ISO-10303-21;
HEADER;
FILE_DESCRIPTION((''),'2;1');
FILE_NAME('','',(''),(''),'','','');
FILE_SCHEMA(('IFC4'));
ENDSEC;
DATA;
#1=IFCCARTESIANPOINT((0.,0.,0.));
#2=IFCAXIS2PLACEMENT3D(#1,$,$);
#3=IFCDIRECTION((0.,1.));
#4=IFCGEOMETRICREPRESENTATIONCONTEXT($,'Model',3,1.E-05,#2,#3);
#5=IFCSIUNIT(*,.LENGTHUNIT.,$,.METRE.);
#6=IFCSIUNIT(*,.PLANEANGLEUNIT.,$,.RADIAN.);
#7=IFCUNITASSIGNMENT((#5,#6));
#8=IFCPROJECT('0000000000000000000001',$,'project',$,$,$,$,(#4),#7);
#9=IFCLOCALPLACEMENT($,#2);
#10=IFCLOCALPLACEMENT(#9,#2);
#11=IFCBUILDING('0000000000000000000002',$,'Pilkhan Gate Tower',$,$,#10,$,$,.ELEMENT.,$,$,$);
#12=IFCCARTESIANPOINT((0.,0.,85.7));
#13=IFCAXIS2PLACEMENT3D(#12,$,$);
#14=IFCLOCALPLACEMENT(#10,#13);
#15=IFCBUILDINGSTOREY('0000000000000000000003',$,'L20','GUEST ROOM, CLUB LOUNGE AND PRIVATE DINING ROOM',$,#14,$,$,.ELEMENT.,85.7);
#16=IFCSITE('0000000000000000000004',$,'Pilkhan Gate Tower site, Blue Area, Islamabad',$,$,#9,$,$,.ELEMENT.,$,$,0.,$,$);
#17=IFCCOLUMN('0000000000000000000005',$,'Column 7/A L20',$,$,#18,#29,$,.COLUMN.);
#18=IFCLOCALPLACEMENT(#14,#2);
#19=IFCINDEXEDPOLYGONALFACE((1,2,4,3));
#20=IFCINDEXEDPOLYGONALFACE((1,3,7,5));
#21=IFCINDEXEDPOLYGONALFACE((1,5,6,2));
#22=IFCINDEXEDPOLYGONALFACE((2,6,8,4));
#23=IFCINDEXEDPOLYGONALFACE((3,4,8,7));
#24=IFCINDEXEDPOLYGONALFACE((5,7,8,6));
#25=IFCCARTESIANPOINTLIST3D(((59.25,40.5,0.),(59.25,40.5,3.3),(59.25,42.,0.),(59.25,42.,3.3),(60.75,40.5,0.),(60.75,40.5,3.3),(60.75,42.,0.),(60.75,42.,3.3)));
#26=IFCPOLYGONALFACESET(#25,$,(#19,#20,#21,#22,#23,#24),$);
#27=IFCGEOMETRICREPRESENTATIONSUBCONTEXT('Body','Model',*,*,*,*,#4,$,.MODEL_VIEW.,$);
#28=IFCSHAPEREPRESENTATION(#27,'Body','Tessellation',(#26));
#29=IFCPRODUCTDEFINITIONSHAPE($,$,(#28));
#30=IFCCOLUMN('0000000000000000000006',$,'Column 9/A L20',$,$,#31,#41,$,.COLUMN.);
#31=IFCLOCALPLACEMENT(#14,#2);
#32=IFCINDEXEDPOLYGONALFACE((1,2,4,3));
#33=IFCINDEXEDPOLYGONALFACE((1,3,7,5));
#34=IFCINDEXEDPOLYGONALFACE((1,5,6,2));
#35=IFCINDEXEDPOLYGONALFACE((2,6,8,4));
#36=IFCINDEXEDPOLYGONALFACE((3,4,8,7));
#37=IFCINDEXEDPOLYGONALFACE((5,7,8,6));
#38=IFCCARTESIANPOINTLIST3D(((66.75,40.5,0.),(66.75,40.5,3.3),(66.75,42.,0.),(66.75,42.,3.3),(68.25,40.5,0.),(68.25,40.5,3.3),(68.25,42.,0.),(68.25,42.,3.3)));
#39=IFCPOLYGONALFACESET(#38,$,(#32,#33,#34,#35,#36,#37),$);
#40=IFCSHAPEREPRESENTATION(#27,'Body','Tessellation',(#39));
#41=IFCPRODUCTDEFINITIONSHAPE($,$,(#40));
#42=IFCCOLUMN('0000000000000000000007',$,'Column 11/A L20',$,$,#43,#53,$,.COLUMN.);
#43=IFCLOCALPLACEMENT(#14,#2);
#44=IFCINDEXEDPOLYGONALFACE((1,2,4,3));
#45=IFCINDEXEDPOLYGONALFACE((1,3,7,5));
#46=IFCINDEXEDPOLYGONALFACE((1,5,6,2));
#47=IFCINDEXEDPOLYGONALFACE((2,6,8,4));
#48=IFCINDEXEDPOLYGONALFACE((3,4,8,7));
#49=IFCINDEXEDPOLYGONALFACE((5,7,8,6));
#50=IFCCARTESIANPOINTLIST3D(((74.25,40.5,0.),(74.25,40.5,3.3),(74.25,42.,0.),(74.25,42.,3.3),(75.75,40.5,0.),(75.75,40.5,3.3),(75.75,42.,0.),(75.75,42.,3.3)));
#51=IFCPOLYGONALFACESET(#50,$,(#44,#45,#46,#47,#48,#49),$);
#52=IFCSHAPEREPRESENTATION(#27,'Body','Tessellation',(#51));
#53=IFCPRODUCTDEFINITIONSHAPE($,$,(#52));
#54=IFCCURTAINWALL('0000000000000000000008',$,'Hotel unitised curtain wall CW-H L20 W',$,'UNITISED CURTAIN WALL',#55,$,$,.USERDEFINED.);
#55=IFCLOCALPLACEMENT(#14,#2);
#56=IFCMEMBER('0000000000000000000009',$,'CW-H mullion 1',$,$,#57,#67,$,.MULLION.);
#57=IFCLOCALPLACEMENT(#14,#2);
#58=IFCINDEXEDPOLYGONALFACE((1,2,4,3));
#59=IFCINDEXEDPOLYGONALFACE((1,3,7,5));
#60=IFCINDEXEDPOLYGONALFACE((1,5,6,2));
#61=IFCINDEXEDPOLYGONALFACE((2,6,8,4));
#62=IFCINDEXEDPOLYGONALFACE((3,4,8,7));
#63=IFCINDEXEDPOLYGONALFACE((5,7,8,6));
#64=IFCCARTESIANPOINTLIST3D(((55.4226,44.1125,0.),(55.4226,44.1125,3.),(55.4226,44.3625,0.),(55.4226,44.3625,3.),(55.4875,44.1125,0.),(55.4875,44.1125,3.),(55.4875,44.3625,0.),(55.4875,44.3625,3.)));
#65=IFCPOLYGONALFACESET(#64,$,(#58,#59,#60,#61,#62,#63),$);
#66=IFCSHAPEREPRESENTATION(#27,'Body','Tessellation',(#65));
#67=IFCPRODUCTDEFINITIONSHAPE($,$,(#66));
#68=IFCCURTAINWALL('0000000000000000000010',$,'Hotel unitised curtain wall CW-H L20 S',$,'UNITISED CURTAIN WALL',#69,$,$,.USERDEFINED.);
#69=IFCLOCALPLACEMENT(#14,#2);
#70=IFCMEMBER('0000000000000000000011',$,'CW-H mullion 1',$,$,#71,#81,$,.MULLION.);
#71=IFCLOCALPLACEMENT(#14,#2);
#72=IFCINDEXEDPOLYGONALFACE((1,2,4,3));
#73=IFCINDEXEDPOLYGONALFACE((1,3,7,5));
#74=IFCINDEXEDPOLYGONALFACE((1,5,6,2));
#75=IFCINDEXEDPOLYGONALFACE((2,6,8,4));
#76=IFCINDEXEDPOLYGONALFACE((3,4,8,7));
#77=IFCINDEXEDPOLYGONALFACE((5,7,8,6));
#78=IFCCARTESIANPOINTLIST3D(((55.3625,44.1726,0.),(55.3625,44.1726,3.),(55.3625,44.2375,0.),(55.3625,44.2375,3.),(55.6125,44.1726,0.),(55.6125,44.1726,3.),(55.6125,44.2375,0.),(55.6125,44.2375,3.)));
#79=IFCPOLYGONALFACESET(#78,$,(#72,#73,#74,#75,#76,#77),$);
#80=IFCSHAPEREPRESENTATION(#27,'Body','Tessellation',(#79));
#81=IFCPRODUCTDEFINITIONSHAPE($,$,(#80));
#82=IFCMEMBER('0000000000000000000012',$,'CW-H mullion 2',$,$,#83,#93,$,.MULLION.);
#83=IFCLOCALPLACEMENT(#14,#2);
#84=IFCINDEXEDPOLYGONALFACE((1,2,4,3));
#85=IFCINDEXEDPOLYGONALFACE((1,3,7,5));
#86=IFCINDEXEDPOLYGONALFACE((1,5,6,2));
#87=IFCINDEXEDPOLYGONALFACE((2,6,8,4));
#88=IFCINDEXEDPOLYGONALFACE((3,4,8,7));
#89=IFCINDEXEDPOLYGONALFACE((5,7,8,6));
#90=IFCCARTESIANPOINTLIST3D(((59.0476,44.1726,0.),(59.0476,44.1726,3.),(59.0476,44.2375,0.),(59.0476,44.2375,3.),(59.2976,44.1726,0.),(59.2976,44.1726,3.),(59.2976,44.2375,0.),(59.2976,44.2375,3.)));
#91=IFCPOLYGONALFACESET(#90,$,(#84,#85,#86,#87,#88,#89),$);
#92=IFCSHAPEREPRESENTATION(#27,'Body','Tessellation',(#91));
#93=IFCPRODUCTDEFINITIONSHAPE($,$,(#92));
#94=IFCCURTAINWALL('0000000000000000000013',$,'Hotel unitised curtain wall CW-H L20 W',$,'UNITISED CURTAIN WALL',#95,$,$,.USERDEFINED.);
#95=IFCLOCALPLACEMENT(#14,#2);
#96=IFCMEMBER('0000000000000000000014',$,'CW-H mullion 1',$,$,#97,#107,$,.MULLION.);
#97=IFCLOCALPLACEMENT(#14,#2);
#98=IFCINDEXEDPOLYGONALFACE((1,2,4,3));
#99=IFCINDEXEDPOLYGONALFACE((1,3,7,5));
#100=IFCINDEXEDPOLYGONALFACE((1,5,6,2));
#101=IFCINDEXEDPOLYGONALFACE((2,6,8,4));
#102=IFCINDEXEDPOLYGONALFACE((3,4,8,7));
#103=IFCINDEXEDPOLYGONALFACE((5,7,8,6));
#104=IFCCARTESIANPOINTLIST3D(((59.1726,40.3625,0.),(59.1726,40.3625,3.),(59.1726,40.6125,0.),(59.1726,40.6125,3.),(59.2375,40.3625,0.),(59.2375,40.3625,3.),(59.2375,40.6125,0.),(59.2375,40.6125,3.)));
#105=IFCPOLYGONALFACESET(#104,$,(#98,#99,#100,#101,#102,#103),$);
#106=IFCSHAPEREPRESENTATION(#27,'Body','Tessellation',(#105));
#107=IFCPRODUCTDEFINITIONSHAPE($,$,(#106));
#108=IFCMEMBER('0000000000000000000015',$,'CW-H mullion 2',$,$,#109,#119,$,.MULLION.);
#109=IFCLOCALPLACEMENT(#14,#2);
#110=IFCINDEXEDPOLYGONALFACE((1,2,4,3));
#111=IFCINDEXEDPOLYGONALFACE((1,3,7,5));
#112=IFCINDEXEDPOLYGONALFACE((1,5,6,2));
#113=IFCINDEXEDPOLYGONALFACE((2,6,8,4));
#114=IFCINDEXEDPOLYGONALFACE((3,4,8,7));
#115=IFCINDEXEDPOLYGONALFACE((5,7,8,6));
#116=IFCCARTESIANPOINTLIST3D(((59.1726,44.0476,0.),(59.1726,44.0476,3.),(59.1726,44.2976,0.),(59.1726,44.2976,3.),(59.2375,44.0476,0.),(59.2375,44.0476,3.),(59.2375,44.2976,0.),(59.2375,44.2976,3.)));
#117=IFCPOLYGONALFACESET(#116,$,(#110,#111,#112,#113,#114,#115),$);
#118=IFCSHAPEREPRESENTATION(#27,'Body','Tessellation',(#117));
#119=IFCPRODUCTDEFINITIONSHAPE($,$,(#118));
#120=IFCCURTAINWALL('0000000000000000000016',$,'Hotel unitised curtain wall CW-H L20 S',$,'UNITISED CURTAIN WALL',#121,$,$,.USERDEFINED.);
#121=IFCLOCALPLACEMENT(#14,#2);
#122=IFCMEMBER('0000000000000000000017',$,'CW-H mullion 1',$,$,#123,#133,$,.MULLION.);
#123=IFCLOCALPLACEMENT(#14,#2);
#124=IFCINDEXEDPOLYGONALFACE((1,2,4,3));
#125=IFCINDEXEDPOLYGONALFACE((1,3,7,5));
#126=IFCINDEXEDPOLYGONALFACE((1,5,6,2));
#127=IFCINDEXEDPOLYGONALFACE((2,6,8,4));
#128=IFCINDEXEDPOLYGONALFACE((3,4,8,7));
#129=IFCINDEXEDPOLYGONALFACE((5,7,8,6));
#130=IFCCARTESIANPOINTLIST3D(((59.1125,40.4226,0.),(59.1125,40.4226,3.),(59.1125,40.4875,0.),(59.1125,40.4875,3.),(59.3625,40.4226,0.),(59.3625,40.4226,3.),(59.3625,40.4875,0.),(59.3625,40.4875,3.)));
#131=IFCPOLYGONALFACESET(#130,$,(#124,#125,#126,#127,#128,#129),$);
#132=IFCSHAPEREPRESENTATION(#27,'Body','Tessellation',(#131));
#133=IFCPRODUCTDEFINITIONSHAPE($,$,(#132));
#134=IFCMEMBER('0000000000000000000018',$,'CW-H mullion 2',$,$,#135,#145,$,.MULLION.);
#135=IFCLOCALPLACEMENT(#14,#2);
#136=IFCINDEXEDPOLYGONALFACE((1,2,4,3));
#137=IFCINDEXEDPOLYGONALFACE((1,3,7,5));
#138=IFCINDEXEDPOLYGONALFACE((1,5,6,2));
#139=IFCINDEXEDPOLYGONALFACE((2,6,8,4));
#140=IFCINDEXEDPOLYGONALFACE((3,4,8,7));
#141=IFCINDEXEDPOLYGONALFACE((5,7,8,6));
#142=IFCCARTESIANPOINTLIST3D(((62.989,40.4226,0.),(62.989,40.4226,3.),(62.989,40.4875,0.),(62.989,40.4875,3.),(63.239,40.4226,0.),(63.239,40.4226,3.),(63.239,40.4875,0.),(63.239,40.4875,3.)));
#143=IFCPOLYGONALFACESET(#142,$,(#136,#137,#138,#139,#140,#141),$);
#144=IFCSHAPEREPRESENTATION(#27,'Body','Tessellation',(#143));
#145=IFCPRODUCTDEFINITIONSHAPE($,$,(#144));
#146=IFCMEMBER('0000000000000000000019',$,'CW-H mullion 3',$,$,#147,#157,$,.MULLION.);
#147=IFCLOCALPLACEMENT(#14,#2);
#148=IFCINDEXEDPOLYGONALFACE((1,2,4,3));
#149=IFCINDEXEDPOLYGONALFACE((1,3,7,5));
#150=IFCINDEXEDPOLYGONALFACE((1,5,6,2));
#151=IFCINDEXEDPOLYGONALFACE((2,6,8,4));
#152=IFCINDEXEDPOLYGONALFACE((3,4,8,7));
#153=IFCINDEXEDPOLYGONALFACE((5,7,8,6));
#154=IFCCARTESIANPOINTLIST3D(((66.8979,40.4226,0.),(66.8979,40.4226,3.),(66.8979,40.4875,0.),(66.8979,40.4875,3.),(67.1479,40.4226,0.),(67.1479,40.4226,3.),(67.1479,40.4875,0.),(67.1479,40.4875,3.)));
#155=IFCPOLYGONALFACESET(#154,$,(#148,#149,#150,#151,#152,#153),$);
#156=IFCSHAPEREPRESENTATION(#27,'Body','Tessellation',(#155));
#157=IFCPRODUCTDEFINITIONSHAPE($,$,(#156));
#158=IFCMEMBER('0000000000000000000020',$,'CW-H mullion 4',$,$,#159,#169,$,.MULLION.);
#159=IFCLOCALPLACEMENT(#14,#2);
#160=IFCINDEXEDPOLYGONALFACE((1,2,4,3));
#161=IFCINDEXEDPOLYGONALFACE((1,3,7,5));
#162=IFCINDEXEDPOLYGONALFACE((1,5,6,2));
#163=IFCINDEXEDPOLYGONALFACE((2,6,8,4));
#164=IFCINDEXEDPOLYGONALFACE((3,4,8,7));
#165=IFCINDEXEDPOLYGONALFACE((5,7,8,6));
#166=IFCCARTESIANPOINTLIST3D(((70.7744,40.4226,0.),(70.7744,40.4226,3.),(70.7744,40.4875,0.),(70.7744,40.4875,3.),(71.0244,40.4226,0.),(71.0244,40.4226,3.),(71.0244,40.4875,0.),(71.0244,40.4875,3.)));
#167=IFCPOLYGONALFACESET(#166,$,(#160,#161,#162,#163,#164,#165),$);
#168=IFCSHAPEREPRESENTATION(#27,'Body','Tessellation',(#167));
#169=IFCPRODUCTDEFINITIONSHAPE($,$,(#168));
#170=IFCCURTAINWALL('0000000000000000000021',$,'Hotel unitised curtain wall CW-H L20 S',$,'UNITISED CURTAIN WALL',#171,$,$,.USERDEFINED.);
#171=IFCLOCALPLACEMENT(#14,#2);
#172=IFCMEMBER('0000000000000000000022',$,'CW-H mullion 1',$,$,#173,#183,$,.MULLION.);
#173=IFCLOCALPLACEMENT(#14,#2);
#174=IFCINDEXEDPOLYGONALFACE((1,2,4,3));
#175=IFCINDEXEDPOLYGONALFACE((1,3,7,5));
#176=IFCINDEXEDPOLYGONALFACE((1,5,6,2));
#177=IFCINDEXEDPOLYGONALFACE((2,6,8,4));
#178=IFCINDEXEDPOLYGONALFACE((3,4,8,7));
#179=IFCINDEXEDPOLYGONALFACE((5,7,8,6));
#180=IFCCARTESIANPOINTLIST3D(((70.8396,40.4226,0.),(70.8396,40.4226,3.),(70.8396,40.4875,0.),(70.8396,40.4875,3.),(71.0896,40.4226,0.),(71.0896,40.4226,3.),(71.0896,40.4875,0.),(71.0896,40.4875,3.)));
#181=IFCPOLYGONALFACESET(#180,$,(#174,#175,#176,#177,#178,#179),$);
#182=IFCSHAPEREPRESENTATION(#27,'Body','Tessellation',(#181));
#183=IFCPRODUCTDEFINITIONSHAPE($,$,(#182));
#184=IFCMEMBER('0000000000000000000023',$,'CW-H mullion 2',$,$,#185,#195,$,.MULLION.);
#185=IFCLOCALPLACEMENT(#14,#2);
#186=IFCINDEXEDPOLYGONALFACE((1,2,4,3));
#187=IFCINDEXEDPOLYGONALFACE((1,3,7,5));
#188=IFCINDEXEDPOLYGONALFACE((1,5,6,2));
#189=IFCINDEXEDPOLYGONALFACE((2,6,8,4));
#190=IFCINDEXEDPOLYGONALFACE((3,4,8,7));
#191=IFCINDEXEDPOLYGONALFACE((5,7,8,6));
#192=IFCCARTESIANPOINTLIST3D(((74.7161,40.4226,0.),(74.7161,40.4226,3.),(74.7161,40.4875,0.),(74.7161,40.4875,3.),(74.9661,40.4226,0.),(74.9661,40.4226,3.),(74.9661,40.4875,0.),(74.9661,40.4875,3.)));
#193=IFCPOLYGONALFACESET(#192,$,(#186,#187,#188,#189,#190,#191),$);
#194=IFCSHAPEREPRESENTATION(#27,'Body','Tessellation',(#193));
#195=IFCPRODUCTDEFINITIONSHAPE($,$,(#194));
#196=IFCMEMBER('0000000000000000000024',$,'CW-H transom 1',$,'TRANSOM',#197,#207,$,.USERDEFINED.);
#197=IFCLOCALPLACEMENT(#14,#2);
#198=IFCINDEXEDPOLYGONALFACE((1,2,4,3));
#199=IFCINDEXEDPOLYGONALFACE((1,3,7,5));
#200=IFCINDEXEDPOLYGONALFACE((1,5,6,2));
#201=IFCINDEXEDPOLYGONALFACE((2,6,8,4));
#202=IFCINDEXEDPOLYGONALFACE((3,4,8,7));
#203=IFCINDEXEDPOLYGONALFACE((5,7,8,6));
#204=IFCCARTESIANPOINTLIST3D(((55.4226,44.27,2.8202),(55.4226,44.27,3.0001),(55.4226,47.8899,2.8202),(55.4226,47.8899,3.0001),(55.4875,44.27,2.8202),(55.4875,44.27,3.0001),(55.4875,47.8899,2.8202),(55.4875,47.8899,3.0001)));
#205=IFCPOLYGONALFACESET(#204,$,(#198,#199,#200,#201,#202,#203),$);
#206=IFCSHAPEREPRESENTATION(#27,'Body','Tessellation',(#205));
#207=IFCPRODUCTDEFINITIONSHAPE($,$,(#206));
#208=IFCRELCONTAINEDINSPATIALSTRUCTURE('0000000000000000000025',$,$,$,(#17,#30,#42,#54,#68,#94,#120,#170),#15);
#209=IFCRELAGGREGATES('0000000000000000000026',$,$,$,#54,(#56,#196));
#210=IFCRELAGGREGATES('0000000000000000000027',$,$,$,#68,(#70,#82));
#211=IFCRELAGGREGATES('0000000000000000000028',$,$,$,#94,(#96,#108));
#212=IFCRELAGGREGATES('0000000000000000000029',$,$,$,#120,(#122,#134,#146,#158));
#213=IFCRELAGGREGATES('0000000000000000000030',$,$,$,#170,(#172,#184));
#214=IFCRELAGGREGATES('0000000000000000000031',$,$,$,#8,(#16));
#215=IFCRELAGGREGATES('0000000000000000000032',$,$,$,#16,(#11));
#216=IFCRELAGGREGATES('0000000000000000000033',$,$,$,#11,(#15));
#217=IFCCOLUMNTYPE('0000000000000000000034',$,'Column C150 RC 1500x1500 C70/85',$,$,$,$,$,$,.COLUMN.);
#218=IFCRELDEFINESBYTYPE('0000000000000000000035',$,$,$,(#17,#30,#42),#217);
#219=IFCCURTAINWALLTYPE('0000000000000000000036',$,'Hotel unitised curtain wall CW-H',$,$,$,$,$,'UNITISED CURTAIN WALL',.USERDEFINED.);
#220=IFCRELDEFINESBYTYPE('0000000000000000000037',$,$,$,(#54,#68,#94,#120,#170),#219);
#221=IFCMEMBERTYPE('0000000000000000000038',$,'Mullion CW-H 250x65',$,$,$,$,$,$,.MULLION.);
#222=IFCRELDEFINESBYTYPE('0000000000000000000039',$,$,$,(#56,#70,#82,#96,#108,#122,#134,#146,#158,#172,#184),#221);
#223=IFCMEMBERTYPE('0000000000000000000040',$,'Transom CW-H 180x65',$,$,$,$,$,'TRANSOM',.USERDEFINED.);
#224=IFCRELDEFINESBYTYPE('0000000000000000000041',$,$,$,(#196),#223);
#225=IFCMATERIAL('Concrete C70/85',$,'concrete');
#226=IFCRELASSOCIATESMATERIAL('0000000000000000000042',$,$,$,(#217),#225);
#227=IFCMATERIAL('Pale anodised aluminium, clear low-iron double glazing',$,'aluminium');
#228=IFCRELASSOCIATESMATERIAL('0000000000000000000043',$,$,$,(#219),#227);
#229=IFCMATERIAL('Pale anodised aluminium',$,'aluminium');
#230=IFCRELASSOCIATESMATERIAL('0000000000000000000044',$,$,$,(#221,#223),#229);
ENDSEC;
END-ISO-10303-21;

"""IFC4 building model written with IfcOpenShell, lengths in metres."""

from ifc_helpers import new_model, si_unit, direction, frame, origin, origin_2d, place, context, subcontext, project, spatial, rectangle, extrude, material, material_profile, profile_set, type_object, element, aggregate, save


model = new_model("IFC4")

# Units and contexts
model_context = context("Model", 3, precision=1e-05, world=origin(), true_north=direction((0.0, 1.0)))
body_context = subcontext(model_context, "Body", "Model", "MODEL_VIEW")
ifc_project = project(units=[si_unit("LENGTHUNIT", "METRE"), si_unit("PLANEANGLEUNIT", "RADIAN")], contexts=[model_context])

# Site, building, storey
site_placement = place(None, origin())
site = spatial("IfcSite", under=ifc_project, at=site_placement, Name="Pilkhan Gate Tower site, Blue Area, Islamabad", CompositionType="ELEMENT", RefElevation=0.0)
building_placement = place(site_placement, origin())
building = spatial("IfcBuilding", under=site, at=building_placement, Name="Pilkhan Gate Tower", CompositionType="ELEMENT")
storey_placement = place(building_placement, frame((0.0, 0.0, 85.7)))
storey = spatial("IfcBuildingStorey", under=building, at=storey_placement, Name="L20", Description="GUEST ROOM, CLUB LOUNGE AND PRIVATE DINING ROOM", CompositionType="ELEMENT", Elevation=85.7)

# Columns
ifc_material_1 = material(Name="Concrete C70/85", Category="concrete")
ifc_material_profile_1 = material_profile(ifc_material_1, rectangle(XDim=1.5, YDim=1.5, at=origin_2d()), Name="RC 1500x1500")
ifc_profile_set_1 = profile_set([ifc_material_profile_1], Name="Concrete C70/85")
column_type = type_object("IfcColumnType", Name="Column C150 RC 1500x1500 C70/85", PredefinedType="COLUMN", material=ifc_profile_set_1)
for number, where, z_axis, x_axis, name in (
    (1, (60.0, 41.25, 0.0), (0.0, 0.0, 1.0), (1.0, 0.0, 0.0), "Column 7/A L20"),
    (2, (67.5, 41.25, 0.0), (0.0, 0.0, 1.0), (1.0, 0.0, 0.0), "Column 9/A L20"),
    (3, (75.0, 41.25, 0.0), (0.0, 0.0, 1.0), (1.0, 0.0, 0.0), "Column 11/A L20"),
):
    element("IfcColumn", number, at=place(storey_placement, frame(where, z_axis=z_axis, x_axis=x_axis)), inside=storey, type_object=column_type, Name=name, PredefinedType="COLUMN", context=body_context, shape_type="SweptSolid", body=[
        extrude(rectangle(XDim=1.5, YDim=1.5, at=origin_2d()), origin(), (0.0, 0.0, 1.0), 3.3),
    ])

# Curtain wall, member
ifc_material_2 = material(Name="Pale anodised aluminium, clear low-iron double glazing", Category="aluminium")
curtain_wall_type = type_object("IfcCurtainWallType", Name="Hotel unitised curtain wall CW-H", ElementType="UNITISED CURTAIN WALL", PredefinedType="USERDEFINED", material=ifc_material_2)
curtain_wall_1_placement = place(storey_placement, origin())
curtain_wall_1 = element("IfcCurtainWall", 4, at=curtain_wall_1_placement, inside=storey, type_object=curtain_wall_type, Name="Hotel unitised curtain wall CW-H L20 W", ObjectType="UNITISED CURTAIN WALL", PredefinedType="USERDEFINED")
ifc_material_3 = material(Name="Pale anodised aluminium", Category="aluminium")
ifc_material_profile_2 = material_profile(ifc_material_3, rectangle(XDim=0.0649, YDim=0.25, at=origin_2d()), Name="Mullion 250x65")
ifc_profile_set_2 = profile_set([ifc_material_profile_2], Name="Pale anodised aluminium")
member_type_1 = type_object("IfcMemberType", Name="Mullion CW-H 250x65", PredefinedType="MULLION", material=ifc_profile_set_2)
member_1_placement = place(storey_placement, frame((55.4551, 44.2375, 0.0), z_axis=(0.0, 0.0, 1.0), x_axis=(-1.0, 0.0, 0.0)))
member_1 = element("IfcMember", 5, at=member_1_placement, type_object=member_type_1, Name="CW-H mullion 1", PredefinedType="MULLION", context=body_context, shape_type="SweptSolid", body=[
    extrude(rectangle(XDim=0.0649, YDim=0.25, at=origin_2d()), origin(), (0.0, 0.0, 1.0), 3.0),
])

# Curtain walls, members
curtain_wall_2_placement = place(storey_placement, origin())
curtain_wall_2 = element("IfcCurtainWall", 6, at=curtain_wall_2_placement, inside=storey, type_object=curtain_wall_type, Name="Hotel unitised curtain wall CW-H L20 S", ObjectType="UNITISED CURTAIN WALL", PredefinedType="USERDEFINED")
member_2_placement = place(storey_placement, frame((55.4875, 44.2051, 0.0), z_axis=(0.0, 0.0, 1.0), x_axis=(0.0, 1.0, 0.0)))
member_2 = element("IfcMember", 7, at=member_2_placement, type_object=member_type_1, Name="CW-H mullion 1", PredefinedType="MULLION", context=body_context, shape_type="SweptSolid", body=[
    extrude(rectangle(XDim=0.0649, YDim=0.25, at=origin_2d()), origin(), (0.0, 0.0, 1.0), 3.0),
])
member_3_placement = place(storey_placement, frame((59.1726, 44.2051, 0.0), z_axis=(0.0, 0.0, 1.0), x_axis=(0.0, 1.0, 0.0)))
member_3 = element("IfcMember", 8, at=member_3_placement, type_object=member_type_1, Name="CW-H mullion 2", PredefinedType="MULLION", context=body_context, shape_type="SweptSolid", body=[
    extrude(rectangle(XDim=0.0649, YDim=0.25, at=origin_2d()), origin(), (0.0, 0.0, 1.0), 3.0),
])
curtain_wall_3_placement = place(storey_placement, origin())
curtain_wall_3 = element("IfcCurtainWall", 9, at=curtain_wall_3_placement, inside=storey, type_object=curtain_wall_type, Name="Hotel unitised curtain wall CW-H L20 W", ObjectType="UNITISED CURTAIN WALL", PredefinedType="USERDEFINED")
member_4_placement = place(storey_placement, frame((59.2051, 40.4875, 0.0), z_axis=(0.0, 0.0, 1.0), x_axis=(-1.0, 0.0, 0.0)))
member_4 = element("IfcMember", 10, at=member_4_placement, type_object=member_type_1, Name="CW-H mullion 1", PredefinedType="MULLION", context=body_context, shape_type="SweptSolid", body=[
    extrude(rectangle(XDim=0.0649, YDim=0.25, at=origin_2d()), origin(), (0.0, 0.0, 1.0), 3.0),
])
member_5_placement = place(storey_placement, frame((59.2051, 44.1726, 0.0), z_axis=(0.0, 0.0, 1.0), x_axis=(-1.0, 0.0, 0.0)))
member_5 = element("IfcMember", 11, at=member_5_placement, type_object=member_type_1, Name="CW-H mullion 2", PredefinedType="MULLION", context=body_context, shape_type="SweptSolid", body=[
    extrude(rectangle(XDim=0.0649, YDim=0.25, at=origin_2d()), origin(), (0.0, 0.0, 1.0), 3.0),
])
curtain_wall_4_placement = place(storey_placement, origin())
curtain_wall_4 = element("IfcCurtainWall", 12, at=curtain_wall_4_placement, inside=storey, type_object=curtain_wall_type, Name="Hotel unitised curtain wall CW-H L20 S", ObjectType="UNITISED CURTAIN WALL", PredefinedType="USERDEFINED")
member_6_placement = place(storey_placement, frame((59.2375, 40.4551, 0.0), z_axis=(0.0, 0.0, 1.0), x_axis=(0.0, 1.0, 0.0)))
member_6 = element("IfcMember", 13, at=member_6_placement, type_object=member_type_1, Name="CW-H mullion 1", PredefinedType="MULLION", context=body_context, shape_type="SweptSolid", body=[
    extrude(rectangle(XDim=0.0649, YDim=0.25, at=origin_2d()), origin(), (0.0, 0.0, 1.0), 3.0),
])
member_7_placement = place(storey_placement, frame((63.114, 40.4551, 0.0), z_axis=(0.0, 0.0, 1.0), x_axis=(0.0, 1.0, 0.0)))
member_7 = element("IfcMember", 14, at=member_7_placement, type_object=member_type_1, Name="CW-H mullion 2", PredefinedType="MULLION", context=body_context, shape_type="SweptSolid", body=[
    extrude(rectangle(XDim=0.0649, YDim=0.25, at=origin_2d()), origin(), (0.0, 0.0, 1.0), 3.0),
])
member_8_placement = place(storey_placement, frame((67.0229, 40.4551, 0.0), z_axis=(0.0, 0.0, 1.0), x_axis=(0.0, 1.0, 0.0)))
member_8 = element("IfcMember", 15, at=member_8_placement, type_object=member_type_1, Name="CW-H mullion 3", PredefinedType="MULLION", context=body_context, shape_type="SweptSolid", body=[
    extrude(rectangle(XDim=0.0649, YDim=0.25, at=origin_2d()), origin(), (0.0, 0.0, 1.0), 3.0),
])
member_9_placement = place(storey_placement, frame((70.8994, 40.4551, 0.0), z_axis=(0.0, 0.0, 1.0), x_axis=(0.0, 1.0, 0.0)))
member_9 = element("IfcMember", 16, at=member_9_placement, type_object=member_type_1, Name="CW-H mullion 4", PredefinedType="MULLION", context=body_context, shape_type="SweptSolid", body=[
    extrude(rectangle(XDim=0.0649, YDim=0.25, at=origin_2d()), origin(), (0.0, 0.0, 1.0), 3.0),
])
curtain_wall_5_placement = place(storey_placement, origin())
curtain_wall_5 = element("IfcCurtainWall", 17, at=curtain_wall_5_placement, inside=storey, type_object=curtain_wall_type, Name="Hotel unitised curtain wall CW-H L20 S", ObjectType="UNITISED CURTAIN WALL", PredefinedType="USERDEFINED")
member_10_placement = place(storey_placement, frame((70.9646, 40.4551, 0.0), z_axis=(0.0, 0.0, 1.0), x_axis=(0.0, 1.0, 0.0)))
member_10 = element("IfcMember", 18, at=member_10_placement, type_object=member_type_1, Name="CW-H mullion 1", PredefinedType="MULLION", context=body_context, shape_type="SweptSolid", body=[
    extrude(rectangle(XDim=0.0649, YDim=0.25, at=origin_2d()), origin(), (0.0, 0.0, 1.0), 3.0),
])
member_11_placement = place(storey_placement, frame((74.8411, 40.4551, 0.0), z_axis=(0.0, 0.0, 1.0), x_axis=(0.0, 1.0, 0.0)))
member_11 = element("IfcMember", 19, at=member_11_placement, type_object=member_type_1, Name="CW-H mullion 2", PredefinedType="MULLION", context=body_context, shape_type="SweptSolid", body=[
    extrude(rectangle(XDim=0.0649, YDim=0.25, at=origin_2d()), origin(), (0.0, 0.0, 1.0), 3.0),
])

# Member
ifc_material_profile_3 = material_profile(ifc_material_3, rectangle(XDim=0.0649, YDim=0.1799, at=origin_2d()), Name="Transom 180x65")
ifc_profile_set_3 = profile_set([ifc_material_profile_3], Name="Pale anodised aluminium")
member_type_2 = type_object("IfcMemberType", Name="Transom CW-H 180x65", ElementType="TRANSOM", PredefinedType="USERDEFINED", material=ifc_profile_set_3)
member_12_placement = place(storey_placement, frame((55.4551, 44.27, 2.9102), z_axis=(0.0, 1.0, 0.0), x_axis=(-1.0, 0.0, 0.0)))
member_12 = element("IfcMember", 20, at=member_12_placement, type_object=member_type_2, Name="CW-H transom 1", ObjectType="TRANSOM", PredefinedType="USERDEFINED", context=body_context, shape_type="SweptSolid", body=[
    extrude(rectangle(XDim=0.0649, YDim=0.1799, at=origin_2d()), origin(), (0.0, 0.0, 1.0), 3.6199),
])
aggregate(curtain_wall_1, [member_1, member_12])

aggregate(curtain_wall_2, [member_2, member_3])
aggregate(curtain_wall_3, [member_4, member_5])
aggregate(curtain_wall_4, [member_6, member_7, member_8, member_9])
aggregate(curtain_wall_5, [member_10, member_11])

save(model, "model.ifc")
